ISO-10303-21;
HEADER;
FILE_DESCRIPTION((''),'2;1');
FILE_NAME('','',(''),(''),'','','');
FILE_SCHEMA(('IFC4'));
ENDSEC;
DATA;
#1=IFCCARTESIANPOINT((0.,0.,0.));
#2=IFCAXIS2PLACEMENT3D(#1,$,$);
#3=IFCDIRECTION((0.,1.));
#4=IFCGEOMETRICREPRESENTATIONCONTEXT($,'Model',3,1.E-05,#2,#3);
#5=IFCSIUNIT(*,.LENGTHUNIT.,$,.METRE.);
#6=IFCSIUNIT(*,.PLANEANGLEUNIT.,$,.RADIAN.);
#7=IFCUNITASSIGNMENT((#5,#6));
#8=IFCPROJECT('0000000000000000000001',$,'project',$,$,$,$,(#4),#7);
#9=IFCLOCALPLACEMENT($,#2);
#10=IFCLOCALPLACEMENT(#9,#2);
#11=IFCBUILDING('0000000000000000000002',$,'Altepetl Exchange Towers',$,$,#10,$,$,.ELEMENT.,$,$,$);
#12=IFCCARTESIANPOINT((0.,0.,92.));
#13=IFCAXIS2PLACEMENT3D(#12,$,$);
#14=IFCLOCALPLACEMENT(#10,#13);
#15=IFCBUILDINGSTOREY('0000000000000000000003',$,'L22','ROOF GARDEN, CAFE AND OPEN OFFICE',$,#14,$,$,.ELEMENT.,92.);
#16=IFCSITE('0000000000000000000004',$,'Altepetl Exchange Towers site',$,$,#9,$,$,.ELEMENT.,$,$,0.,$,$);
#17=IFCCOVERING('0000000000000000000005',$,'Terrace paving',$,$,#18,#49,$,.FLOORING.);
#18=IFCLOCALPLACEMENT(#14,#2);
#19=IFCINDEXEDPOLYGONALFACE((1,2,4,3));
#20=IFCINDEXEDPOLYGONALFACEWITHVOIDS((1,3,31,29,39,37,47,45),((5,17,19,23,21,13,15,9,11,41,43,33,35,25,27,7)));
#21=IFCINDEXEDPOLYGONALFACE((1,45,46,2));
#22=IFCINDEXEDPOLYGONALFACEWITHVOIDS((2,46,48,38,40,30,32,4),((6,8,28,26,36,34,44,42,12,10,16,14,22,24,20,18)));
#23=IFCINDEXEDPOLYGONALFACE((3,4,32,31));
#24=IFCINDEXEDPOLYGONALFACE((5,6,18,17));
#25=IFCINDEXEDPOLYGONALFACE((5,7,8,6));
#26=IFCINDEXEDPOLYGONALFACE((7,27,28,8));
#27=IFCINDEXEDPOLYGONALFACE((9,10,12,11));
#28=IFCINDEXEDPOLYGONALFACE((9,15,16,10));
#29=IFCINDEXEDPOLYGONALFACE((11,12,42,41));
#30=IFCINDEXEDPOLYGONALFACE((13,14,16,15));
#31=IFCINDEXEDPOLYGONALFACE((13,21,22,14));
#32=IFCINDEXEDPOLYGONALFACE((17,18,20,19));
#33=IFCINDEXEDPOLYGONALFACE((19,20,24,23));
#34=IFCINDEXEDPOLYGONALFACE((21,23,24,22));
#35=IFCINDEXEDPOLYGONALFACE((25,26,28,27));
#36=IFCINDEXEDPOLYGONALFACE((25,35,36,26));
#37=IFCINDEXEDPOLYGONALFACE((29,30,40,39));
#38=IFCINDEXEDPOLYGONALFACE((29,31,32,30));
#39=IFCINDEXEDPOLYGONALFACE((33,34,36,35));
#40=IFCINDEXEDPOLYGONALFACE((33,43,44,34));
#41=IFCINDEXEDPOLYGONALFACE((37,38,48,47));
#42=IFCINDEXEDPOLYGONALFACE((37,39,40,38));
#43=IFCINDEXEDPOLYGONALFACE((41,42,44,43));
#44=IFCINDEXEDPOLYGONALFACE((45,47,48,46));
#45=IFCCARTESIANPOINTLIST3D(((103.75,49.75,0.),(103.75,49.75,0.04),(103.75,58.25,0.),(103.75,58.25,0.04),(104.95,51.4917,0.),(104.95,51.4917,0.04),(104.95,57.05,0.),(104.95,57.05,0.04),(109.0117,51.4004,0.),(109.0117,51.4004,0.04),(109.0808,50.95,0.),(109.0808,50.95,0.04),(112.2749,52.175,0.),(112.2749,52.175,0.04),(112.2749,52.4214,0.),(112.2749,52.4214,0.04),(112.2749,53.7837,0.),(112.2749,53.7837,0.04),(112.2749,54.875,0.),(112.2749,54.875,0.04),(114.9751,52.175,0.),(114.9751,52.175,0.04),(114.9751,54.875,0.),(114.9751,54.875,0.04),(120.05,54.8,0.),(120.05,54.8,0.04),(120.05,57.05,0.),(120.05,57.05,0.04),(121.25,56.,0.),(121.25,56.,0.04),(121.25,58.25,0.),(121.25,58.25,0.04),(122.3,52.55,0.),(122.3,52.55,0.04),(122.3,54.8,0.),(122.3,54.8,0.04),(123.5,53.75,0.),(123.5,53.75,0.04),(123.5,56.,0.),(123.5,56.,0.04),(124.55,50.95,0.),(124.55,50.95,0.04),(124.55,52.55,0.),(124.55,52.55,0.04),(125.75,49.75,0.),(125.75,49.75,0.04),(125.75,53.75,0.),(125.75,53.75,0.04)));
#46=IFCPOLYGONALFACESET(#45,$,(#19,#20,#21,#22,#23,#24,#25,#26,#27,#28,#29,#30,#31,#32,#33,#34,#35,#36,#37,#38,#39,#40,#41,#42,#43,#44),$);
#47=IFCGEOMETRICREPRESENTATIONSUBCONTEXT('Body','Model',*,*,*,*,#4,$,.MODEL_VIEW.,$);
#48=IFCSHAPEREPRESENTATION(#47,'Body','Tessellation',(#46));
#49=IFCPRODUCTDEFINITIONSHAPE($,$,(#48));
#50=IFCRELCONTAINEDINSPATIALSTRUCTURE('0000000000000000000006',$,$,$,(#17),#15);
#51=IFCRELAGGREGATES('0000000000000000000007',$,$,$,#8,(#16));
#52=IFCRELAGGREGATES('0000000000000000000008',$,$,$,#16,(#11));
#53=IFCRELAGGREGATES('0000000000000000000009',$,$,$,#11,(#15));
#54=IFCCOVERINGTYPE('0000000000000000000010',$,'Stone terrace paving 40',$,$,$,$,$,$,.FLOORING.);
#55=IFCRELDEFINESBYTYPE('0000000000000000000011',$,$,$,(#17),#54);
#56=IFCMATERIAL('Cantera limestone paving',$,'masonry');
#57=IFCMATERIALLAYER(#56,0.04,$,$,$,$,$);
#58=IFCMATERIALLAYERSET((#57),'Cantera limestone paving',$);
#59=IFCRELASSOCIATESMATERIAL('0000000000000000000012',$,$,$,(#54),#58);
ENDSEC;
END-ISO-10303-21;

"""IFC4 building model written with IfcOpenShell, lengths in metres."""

from ifc_helpers import new_model, si_unit, direction, frame, origin, place, context, subcontext, project, spatial, polyline, outline, extrude, material, layer, layer_set, type_object, element, save


model = new_model("IFC4")

# Units and contexts
model_context = context("Model", 3, precision=1e-05, world=origin(), true_north=direction((0.0, 1.0)))
body_context = subcontext(model_context, "Body", "Model", "MODEL_VIEW")
ifc_project = project(units=[si_unit("LENGTHUNIT", "METRE"), si_unit("PLANEANGLEUNIT", "RADIAN")], contexts=[model_context])

# Site, building, storey
site_placement = place(None, origin())
site = spatial("IfcSite", under=ifc_project, at=site_placement, Name="Altepetl Exchange Towers site", CompositionType="ELEMENT", RefElevation=0.0)
building_placement = place(site_placement, origin())
building = spatial("IfcBuilding", under=site, at=building_placement, Name="Altepetl Exchange Towers", CompositionType="ELEMENT")
storey_placement = place(building_placement, frame((0.0, 0.0, 92.0)))
storey = spatial("IfcBuildingStorey", under=building, at=storey_placement, Name="L22", Description="ROOF GARDEN, CAFE AND OPEN OFFICE", CompositionType="ELEMENT", Elevation=92.0)

# Covering
ifc_material_1 = material(Name="Cantera limestone paving", Category="masonry")
ifc_layer_1 = layer(ifc_material_1, 0.04)
ifc_layer_set_1 = layer_set([ifc_layer_1], Name="Cantera limestone paving")
covering_type_1 = type_object("IfcCoveringType", Name="Stone terrace paving 40", PredefinedType="FLOORING", material=ifc_layer_set_1)
covering_1_placement = place(storey_placement, origin())
element("IfcCovering", 1, at=covering_1_placement, inside=storey, type_object=covering_type_1, Name="Terrace paving", PredefinedType="FLOORING", context=body_context, shape_type="SweptSolid", body=[
    extrude(outline(polyline([(123.5, 56.0), (121.25, 56.0), (121.25, 58.25), (103.75, 58.25), (103.75, 49.75), (125.75, 49.75), (125.75, 53.75), (123.5, 53.75), (123.5, 56.0)]), holes=[polyline([(109.0117, 51.4004), (109.0808, 50.95), (124.55, 50.95), (124.55, 52.55), (122.3, 52.55), (122.3, 54.8), (120.05, 54.8), (120.05, 57.05), (104.95, 57.05), (104.95, 51.4917), (112.2749, 53.7837), (112.2749, 54.875), (114.9751, 54.875), (114.9751, 52.175), (112.2749, 52.175), (112.2749, 52.4214), (109.0117, 51.4004)])]), origin(), (0.0, 0.0, 1.0), 0.04),
])

save(model, "model.ifc")
